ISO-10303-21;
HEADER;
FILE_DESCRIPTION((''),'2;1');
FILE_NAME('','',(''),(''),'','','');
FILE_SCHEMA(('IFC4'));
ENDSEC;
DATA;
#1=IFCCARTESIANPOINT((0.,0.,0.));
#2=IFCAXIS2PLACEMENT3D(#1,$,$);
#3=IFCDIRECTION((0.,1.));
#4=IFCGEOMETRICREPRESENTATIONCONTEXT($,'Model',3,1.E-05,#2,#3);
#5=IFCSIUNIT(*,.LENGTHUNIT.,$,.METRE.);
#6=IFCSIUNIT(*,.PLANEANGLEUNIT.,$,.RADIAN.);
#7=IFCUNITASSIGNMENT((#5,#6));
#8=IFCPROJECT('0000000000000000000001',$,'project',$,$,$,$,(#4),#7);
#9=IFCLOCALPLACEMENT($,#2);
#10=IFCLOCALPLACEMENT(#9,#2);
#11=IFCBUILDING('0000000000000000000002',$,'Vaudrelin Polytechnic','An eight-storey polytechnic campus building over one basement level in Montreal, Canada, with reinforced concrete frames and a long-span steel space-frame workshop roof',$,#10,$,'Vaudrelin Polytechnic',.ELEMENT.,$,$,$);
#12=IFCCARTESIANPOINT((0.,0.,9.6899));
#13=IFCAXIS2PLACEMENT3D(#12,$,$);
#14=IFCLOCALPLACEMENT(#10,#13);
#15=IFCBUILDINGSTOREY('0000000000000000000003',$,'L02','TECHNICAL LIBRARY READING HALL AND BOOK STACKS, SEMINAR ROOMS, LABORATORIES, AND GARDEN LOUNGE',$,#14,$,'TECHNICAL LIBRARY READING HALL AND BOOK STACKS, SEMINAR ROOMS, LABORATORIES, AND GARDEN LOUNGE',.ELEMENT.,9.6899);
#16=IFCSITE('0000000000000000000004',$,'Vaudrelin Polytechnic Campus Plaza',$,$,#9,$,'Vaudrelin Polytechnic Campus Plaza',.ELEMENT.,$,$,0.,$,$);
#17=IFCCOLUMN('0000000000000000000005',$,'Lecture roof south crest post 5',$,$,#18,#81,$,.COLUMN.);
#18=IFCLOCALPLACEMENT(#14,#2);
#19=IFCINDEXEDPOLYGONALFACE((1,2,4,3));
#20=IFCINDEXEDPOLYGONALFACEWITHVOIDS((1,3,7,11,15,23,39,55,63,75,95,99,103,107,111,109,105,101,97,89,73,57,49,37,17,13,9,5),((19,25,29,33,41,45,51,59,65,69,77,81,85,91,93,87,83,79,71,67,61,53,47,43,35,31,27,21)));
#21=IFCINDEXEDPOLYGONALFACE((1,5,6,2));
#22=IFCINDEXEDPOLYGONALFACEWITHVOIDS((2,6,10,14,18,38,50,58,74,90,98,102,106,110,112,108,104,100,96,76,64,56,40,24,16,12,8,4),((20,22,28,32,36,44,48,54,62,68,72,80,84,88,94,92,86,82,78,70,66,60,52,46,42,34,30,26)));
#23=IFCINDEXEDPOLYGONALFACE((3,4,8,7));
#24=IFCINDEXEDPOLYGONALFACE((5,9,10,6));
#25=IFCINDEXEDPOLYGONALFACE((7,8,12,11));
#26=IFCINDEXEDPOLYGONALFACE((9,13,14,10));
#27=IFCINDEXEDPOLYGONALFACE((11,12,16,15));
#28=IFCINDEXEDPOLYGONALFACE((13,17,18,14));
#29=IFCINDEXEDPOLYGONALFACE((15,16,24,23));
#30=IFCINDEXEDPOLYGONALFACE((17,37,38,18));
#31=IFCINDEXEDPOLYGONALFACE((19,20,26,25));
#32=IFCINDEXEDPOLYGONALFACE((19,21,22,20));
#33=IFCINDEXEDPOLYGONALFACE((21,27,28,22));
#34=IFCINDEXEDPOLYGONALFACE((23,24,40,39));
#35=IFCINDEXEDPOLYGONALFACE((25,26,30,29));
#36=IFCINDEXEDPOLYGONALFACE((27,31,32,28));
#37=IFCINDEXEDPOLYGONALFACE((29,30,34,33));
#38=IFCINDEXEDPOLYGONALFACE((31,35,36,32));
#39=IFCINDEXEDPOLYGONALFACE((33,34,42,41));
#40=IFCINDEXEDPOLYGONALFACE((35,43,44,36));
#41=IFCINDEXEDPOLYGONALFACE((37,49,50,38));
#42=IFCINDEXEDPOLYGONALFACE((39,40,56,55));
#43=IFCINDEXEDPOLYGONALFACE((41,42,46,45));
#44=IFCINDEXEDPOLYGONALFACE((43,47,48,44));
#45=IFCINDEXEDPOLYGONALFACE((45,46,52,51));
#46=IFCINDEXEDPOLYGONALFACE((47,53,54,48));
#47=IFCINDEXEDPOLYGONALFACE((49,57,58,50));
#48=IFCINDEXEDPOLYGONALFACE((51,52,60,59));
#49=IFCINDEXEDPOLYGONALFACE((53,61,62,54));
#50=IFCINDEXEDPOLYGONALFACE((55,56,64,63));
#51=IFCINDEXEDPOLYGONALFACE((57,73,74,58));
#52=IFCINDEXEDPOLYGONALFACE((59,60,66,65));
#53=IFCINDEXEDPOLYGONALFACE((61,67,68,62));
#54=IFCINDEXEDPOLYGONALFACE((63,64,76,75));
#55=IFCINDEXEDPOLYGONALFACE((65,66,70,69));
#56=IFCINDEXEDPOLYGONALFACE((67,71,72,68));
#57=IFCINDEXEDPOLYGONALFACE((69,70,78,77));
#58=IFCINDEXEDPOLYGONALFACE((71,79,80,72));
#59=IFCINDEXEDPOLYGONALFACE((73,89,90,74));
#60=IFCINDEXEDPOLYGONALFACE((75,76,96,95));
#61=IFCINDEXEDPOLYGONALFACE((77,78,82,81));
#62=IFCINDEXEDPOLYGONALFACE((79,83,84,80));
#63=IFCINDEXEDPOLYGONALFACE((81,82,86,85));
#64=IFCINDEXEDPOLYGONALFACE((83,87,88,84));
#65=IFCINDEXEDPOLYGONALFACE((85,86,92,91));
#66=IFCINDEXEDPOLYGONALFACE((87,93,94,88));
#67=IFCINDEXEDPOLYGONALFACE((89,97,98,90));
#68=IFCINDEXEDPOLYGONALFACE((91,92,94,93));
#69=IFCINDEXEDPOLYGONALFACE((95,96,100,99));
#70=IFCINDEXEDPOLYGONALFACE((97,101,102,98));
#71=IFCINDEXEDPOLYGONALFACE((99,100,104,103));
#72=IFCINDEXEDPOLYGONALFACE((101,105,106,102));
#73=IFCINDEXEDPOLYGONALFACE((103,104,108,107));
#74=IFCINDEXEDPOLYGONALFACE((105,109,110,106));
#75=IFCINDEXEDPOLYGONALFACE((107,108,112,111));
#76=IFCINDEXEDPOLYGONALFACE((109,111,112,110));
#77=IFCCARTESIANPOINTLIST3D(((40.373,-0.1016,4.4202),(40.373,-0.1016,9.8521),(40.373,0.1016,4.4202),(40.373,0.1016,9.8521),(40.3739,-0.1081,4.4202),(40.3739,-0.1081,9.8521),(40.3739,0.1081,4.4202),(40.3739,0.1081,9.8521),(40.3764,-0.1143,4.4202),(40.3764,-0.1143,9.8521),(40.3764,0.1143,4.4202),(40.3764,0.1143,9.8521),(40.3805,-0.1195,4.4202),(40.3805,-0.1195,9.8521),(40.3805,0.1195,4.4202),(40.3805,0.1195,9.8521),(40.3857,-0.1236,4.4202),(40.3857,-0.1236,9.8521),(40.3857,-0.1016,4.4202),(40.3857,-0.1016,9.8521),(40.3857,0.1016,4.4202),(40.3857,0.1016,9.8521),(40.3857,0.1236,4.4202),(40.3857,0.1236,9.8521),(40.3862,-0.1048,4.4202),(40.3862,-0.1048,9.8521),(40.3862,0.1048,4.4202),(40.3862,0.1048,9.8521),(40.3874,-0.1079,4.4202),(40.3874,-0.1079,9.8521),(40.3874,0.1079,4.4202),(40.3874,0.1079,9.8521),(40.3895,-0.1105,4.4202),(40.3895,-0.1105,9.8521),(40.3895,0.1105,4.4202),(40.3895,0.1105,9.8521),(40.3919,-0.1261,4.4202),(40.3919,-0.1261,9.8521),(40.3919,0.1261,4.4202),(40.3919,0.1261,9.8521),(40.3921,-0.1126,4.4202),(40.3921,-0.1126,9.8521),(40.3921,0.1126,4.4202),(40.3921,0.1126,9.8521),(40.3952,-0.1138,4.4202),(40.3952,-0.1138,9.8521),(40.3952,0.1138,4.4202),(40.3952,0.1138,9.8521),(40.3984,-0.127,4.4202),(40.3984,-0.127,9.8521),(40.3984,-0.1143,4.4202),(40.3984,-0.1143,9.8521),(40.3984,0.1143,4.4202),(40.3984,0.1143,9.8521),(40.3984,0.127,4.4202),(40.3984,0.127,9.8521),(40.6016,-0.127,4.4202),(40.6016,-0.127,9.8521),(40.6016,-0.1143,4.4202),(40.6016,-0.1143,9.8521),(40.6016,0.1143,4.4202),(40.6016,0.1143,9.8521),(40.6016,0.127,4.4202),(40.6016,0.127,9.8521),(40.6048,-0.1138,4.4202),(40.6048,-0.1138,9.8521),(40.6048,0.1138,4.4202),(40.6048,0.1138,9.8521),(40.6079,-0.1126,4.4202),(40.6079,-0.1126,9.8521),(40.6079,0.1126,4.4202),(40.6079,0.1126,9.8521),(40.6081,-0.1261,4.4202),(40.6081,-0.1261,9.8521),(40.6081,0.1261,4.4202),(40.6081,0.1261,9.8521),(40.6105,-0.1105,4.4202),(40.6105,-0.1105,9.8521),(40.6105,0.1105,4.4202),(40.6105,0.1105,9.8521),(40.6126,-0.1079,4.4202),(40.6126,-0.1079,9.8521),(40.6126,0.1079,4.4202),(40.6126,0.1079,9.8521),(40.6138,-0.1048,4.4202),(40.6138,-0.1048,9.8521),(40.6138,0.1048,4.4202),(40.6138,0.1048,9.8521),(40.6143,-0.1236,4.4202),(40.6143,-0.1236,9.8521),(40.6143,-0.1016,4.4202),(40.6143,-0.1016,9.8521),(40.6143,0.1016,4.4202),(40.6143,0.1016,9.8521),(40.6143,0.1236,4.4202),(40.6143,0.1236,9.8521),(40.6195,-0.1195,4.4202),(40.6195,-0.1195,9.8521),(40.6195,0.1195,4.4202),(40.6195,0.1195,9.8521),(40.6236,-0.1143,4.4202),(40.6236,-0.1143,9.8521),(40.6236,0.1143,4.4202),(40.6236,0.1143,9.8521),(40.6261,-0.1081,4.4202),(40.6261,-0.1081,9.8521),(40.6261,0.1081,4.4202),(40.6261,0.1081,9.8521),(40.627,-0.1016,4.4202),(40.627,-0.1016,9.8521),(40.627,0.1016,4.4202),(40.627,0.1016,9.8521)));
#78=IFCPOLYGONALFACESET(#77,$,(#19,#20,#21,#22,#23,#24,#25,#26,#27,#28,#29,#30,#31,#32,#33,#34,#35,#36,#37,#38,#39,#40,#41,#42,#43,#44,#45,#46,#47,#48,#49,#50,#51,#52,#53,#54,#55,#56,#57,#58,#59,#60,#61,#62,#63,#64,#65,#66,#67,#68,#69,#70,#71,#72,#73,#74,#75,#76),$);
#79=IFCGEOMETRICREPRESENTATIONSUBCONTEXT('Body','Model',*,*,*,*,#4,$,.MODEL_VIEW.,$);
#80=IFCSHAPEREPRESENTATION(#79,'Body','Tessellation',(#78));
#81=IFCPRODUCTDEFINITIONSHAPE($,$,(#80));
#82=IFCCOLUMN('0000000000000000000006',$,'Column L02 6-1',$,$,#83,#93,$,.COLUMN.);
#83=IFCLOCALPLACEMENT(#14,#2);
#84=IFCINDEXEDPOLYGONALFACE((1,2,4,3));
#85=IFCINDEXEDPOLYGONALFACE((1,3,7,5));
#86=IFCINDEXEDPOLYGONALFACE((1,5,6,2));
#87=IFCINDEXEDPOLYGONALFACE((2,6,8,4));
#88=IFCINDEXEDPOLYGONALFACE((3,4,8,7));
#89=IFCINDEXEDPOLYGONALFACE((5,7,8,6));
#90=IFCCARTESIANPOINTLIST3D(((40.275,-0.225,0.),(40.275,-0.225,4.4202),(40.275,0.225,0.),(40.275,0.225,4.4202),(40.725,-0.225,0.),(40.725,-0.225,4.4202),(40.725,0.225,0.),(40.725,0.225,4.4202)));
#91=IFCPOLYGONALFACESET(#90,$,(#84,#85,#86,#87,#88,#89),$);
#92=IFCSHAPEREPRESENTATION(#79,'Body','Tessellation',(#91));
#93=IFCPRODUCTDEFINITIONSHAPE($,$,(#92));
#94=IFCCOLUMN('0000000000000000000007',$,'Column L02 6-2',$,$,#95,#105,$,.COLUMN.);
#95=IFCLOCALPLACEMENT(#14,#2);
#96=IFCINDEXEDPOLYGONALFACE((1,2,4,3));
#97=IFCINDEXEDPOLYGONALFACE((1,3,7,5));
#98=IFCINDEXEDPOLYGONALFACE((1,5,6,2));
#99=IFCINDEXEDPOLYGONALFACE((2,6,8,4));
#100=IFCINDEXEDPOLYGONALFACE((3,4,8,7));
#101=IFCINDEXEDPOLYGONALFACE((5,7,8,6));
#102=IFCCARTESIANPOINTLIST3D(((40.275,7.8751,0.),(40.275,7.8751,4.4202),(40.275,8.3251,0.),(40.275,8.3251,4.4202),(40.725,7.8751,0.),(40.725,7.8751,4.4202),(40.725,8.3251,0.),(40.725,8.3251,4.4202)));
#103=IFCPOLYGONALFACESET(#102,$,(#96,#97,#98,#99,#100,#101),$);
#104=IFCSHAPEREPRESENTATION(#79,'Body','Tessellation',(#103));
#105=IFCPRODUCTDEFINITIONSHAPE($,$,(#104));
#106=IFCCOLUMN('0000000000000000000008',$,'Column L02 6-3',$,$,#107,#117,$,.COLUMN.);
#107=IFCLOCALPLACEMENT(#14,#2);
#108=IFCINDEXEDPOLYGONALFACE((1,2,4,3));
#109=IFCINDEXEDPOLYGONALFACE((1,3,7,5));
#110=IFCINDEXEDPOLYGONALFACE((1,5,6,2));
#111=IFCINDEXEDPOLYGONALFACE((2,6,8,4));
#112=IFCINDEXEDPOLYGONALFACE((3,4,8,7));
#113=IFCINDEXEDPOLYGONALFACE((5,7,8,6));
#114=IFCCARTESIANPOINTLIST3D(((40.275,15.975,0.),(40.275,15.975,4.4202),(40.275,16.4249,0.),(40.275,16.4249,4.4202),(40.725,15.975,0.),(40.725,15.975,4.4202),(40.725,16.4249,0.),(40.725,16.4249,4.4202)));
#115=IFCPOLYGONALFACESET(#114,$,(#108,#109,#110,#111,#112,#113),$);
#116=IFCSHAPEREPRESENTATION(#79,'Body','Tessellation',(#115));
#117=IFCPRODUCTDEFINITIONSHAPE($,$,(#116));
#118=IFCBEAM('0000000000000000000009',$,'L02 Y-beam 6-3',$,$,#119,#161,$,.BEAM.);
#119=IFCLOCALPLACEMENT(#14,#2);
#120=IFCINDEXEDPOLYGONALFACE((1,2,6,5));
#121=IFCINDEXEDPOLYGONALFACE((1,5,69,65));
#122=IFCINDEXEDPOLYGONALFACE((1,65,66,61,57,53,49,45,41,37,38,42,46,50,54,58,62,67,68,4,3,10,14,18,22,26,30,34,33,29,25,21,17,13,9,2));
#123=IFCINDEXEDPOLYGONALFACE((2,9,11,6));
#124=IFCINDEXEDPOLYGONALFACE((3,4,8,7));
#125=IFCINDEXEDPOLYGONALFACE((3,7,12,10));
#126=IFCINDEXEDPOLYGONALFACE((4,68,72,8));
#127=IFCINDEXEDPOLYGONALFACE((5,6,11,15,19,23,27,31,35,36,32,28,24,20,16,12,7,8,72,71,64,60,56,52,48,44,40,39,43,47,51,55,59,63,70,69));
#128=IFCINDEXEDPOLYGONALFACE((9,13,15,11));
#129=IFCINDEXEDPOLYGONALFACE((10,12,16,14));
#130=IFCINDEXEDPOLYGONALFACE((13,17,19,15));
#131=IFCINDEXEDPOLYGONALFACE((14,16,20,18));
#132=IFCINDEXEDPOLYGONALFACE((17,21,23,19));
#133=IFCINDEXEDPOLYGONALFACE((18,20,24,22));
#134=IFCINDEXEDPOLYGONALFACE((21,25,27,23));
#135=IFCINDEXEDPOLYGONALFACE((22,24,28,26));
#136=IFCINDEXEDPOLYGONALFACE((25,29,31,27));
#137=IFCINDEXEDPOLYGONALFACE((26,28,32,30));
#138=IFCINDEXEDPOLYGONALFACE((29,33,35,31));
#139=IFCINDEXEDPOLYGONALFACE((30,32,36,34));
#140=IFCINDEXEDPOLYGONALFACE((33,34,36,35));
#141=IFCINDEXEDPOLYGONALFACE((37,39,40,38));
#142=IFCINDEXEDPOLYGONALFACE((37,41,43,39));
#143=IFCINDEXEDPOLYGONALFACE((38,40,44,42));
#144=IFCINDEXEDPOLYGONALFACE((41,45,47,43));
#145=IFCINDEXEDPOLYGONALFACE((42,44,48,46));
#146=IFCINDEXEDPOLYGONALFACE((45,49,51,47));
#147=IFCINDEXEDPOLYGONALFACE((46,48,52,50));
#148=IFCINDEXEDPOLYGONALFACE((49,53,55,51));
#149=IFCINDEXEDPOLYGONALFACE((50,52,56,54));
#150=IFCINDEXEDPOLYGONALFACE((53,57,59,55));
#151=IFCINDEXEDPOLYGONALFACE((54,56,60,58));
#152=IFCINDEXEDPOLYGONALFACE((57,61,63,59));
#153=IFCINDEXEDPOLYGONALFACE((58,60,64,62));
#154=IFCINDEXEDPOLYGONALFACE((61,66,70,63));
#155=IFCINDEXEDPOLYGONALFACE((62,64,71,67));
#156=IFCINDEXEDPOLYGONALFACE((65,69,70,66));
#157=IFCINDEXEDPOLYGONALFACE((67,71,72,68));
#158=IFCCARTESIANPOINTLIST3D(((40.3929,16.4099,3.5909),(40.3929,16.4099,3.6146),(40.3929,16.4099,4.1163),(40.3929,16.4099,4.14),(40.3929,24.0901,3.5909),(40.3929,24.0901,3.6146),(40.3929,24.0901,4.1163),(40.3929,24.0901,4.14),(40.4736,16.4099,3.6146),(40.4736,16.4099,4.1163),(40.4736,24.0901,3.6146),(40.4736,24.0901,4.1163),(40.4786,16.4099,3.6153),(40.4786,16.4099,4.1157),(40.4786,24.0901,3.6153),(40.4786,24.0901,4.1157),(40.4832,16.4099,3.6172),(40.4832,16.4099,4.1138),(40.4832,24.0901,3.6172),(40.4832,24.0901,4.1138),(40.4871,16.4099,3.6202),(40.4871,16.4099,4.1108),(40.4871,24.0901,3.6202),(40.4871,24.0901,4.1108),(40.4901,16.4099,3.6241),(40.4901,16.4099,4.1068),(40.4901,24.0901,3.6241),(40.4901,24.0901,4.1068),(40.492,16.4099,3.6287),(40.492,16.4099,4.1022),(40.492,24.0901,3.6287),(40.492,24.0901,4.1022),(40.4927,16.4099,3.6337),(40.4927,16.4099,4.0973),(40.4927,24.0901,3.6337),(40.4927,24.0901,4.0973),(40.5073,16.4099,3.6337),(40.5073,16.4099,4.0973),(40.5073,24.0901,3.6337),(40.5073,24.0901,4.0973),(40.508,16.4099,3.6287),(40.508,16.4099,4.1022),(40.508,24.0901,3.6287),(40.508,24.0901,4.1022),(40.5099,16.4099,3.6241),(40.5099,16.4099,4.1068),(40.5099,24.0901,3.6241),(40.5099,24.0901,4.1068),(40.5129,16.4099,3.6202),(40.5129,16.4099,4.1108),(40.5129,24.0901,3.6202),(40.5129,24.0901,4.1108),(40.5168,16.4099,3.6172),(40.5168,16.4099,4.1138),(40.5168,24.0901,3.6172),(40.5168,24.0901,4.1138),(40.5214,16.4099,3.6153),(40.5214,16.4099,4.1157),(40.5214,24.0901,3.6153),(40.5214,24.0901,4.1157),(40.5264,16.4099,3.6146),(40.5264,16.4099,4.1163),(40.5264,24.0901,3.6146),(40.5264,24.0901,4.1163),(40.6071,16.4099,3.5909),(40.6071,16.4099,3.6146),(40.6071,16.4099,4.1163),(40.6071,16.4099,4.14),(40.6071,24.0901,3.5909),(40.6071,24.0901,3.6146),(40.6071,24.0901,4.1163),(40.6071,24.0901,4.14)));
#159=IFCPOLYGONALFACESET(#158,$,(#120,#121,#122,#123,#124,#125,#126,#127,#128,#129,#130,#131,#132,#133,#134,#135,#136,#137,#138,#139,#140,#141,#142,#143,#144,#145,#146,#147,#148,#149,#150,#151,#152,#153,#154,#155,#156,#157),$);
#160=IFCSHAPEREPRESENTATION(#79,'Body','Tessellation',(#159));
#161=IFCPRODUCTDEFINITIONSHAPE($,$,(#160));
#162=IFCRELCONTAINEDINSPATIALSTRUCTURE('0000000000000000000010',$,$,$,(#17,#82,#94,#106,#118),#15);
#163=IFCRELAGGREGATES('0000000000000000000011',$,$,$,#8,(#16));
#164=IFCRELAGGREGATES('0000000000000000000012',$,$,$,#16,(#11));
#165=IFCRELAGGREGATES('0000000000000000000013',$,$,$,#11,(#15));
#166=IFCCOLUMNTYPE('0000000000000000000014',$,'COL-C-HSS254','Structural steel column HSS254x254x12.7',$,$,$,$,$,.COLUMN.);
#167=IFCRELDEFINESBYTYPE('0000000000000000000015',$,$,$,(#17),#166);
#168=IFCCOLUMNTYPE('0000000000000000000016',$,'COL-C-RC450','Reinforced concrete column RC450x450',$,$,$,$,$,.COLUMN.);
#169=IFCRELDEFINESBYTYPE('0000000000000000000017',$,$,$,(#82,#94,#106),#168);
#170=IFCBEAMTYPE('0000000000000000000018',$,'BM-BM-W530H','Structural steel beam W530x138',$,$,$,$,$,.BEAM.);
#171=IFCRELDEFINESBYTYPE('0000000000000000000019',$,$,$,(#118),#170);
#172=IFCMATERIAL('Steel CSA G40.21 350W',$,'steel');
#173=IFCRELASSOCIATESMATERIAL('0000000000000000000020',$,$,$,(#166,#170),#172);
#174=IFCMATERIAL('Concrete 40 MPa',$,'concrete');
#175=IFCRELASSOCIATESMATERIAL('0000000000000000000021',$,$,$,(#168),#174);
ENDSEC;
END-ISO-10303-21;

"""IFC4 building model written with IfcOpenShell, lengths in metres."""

from ifc_helpers import new_model, si_unit, direction, frame, origin, origin_2d, place, context, subcontext, project, spatial, rectangle, hollow_rectangle, i_section, extrude, material, material_profile, profile_set, type_object, element, save


model = new_model("IFC4")

# Units and contexts
model_context = context("Model", 3, precision=1e-05, world=origin(), true_north=direction((0.0, 1.0)))
body_context = subcontext(model_context, "Body", "Model", "MODEL_VIEW")
ifc_project = project(units=[si_unit("LENGTHUNIT", "METRE"), si_unit("PLANEANGLEUNIT", "RADIAN")], contexts=[model_context])

# Site, building, storey
site_placement = place(None, origin())
site = spatial("IfcSite", under=ifc_project, at=site_placement, Name="Vaudrelin Polytechnic Campus Plaza", LongName="Vaudrelin Polytechnic Campus Plaza", CompositionType="ELEMENT", RefElevation=0.0)
building_placement = place(site_placement, origin())
building = spatial("IfcBuilding", under=site, at=building_placement, Name="Vaudrelin Polytechnic", Description="An eight-storey polytechnic campus building over one basement level in Montreal, Canada, with reinforced concrete frames and a long-span steel space-frame workshop roof", LongName="Vaudrelin Polytechnic", CompositionType="ELEMENT")
storey_placement = place(building_placement, frame((0.0, 0.0, 9.6899)))
storey = spatial("IfcBuildingStorey", under=building, at=storey_placement, Name="L02", Description="TECHNICAL LIBRARY READING HALL AND BOOK STACKS, SEMINAR ROOMS, LABORATORIES, AND GARDEN LOUNGE", LongName="TECHNICAL LIBRARY READING HALL AND BOOK STACKS, SEMINAR ROOMS, LABORATORIES, AND GARDEN LOUNGE", CompositionType="ELEMENT", Elevation=9.6899)

# Columns
ifc_material_1 = material(Name="Steel CSA G40.21 350W", Category="steel")
ifc_material_profile_1 = material_profile(ifc_material_1, hollow_rectangle(XDim=0.2539, YDim=0.2539, WallThickness=0.0127, InnerFilletRadius=0.0127, OuterFilletRadius=0.0254, at=origin_2d()), Name="HSS254x254x12.7")
ifc_profile_set_1 = profile_set([ifc_material_profile_1], Name="Steel CSA G40.21 350W")
column_type_1 = type_object("IfcColumnType", Name="COL-C-HSS254", Description="Structural steel column HSS254x254x12.7", PredefinedType="COLUMN", material=ifc_profile_set_1)
column_placement = place(storey_placement, frame((40.5, 0.0, 4.4202), z_axis=(0.0, 0.0, 1.0), x_axis=(1.0, 0.0, 0.0)))
element("IfcColumn", 1, at=column_placement, inside=storey, type_object=column_type_1, Name="Lecture roof south crest post 5", PredefinedType="COLUMN", context=body_context, shape_type="SweptSolid", body=[
    extrude(hollow_rectangle(XDim=0.2539, YDim=0.2539, WallThickness=0.0127, InnerFilletRadius=0.0127, OuterFilletRadius=0.0254, at=origin_2d()), origin(), (0.0, 0.0, 1.0), 5.4319),
])
ifc_material_2 = material(Name="Concrete 40 MPa", Category="concrete")
ifc_material_profile_2 = material_profile(ifc_material_2, rectangle(XDim=0.45, YDim=0.45, at=origin_2d()), Name="RC450x450")
ifc_profile_set_2 = profile_set([ifc_material_profile_2], Name="Concrete 40 MPa")
column_type_2 = type_object("IfcColumnType", Name="COL-C-RC450", Description="Reinforced concrete column RC450x450", PredefinedType="COLUMN", material=ifc_profile_set_2)
for number, where, z_axis, x_axis, name in (
    (2, (40.5, 0.0, 0.0), (0.0, 0.0, 1.0), (1.0, 0.0, 0.0), "Column L02 6-1"),
    (3, (40.5, 8.1001, 0.0), (0.0, 0.0, 1.0), (1.0, 0.0, 0.0), "Column L02 6-2"),
    (4, (40.5, 16.2, 0.0), (0.0, 0.0, 1.0), (1.0, 0.0, 0.0), "Column L02 6-3"),
):
    element("IfcColumn", number, at=place(storey_placement, frame(where, z_axis=z_axis, x_axis=x_axis)), inside=storey, type_object=column_type_2, Name=name, PredefinedType="COLUMN", context=body_context, shape_type="SweptSolid", body=[
        extrude(rectangle(XDim=0.45, YDim=0.45, at=origin_2d()), origin(), (0.0, 0.0, 1.0), 4.4202),
    ])

# Beam
ifc_material_profile_3 = material_profile(ifc_material_1, i_section(OverallWidth=0.2141, OverallDepth=0.5491, WebThickness=0.0146, FlangeThickness=0.0237, FilletRadius=0.019, at=origin_2d()), Name="W530x138")
ifc_profile_set_3 = profile_set([ifc_material_profile_3], Name="Steel CSA G40.21 350W")
beam_type_1 = type_object("IfcBeamType", Name="BM-BM-W530H", Description="Structural steel beam W530x138", PredefinedType="BEAM", material=ifc_profile_set_3)
beam_1_placement = place(storey_placement, frame((40.5, 16.4099, 3.8655), z_axis=(0.0, 1.0, 0.0), x_axis=(-1.0, 0.0, 0.0)))
element("IfcBeam", 5, at=beam_1_placement, inside=storey, type_object=beam_type_1, Name="L02 Y-beam 6-3", PredefinedType="BEAM", context=body_context, shape_type="SweptSolid", body=[
    extrude(i_section(OverallWidth=0.2141, OverallDepth=0.5491, WebThickness=0.0146, FlangeThickness=0.0237, FilletRadius=0.019, at=origin_2d()), origin(), (0.0, 0.0, 1.0), 7.6802),
])

save(model, "model.ifc")
